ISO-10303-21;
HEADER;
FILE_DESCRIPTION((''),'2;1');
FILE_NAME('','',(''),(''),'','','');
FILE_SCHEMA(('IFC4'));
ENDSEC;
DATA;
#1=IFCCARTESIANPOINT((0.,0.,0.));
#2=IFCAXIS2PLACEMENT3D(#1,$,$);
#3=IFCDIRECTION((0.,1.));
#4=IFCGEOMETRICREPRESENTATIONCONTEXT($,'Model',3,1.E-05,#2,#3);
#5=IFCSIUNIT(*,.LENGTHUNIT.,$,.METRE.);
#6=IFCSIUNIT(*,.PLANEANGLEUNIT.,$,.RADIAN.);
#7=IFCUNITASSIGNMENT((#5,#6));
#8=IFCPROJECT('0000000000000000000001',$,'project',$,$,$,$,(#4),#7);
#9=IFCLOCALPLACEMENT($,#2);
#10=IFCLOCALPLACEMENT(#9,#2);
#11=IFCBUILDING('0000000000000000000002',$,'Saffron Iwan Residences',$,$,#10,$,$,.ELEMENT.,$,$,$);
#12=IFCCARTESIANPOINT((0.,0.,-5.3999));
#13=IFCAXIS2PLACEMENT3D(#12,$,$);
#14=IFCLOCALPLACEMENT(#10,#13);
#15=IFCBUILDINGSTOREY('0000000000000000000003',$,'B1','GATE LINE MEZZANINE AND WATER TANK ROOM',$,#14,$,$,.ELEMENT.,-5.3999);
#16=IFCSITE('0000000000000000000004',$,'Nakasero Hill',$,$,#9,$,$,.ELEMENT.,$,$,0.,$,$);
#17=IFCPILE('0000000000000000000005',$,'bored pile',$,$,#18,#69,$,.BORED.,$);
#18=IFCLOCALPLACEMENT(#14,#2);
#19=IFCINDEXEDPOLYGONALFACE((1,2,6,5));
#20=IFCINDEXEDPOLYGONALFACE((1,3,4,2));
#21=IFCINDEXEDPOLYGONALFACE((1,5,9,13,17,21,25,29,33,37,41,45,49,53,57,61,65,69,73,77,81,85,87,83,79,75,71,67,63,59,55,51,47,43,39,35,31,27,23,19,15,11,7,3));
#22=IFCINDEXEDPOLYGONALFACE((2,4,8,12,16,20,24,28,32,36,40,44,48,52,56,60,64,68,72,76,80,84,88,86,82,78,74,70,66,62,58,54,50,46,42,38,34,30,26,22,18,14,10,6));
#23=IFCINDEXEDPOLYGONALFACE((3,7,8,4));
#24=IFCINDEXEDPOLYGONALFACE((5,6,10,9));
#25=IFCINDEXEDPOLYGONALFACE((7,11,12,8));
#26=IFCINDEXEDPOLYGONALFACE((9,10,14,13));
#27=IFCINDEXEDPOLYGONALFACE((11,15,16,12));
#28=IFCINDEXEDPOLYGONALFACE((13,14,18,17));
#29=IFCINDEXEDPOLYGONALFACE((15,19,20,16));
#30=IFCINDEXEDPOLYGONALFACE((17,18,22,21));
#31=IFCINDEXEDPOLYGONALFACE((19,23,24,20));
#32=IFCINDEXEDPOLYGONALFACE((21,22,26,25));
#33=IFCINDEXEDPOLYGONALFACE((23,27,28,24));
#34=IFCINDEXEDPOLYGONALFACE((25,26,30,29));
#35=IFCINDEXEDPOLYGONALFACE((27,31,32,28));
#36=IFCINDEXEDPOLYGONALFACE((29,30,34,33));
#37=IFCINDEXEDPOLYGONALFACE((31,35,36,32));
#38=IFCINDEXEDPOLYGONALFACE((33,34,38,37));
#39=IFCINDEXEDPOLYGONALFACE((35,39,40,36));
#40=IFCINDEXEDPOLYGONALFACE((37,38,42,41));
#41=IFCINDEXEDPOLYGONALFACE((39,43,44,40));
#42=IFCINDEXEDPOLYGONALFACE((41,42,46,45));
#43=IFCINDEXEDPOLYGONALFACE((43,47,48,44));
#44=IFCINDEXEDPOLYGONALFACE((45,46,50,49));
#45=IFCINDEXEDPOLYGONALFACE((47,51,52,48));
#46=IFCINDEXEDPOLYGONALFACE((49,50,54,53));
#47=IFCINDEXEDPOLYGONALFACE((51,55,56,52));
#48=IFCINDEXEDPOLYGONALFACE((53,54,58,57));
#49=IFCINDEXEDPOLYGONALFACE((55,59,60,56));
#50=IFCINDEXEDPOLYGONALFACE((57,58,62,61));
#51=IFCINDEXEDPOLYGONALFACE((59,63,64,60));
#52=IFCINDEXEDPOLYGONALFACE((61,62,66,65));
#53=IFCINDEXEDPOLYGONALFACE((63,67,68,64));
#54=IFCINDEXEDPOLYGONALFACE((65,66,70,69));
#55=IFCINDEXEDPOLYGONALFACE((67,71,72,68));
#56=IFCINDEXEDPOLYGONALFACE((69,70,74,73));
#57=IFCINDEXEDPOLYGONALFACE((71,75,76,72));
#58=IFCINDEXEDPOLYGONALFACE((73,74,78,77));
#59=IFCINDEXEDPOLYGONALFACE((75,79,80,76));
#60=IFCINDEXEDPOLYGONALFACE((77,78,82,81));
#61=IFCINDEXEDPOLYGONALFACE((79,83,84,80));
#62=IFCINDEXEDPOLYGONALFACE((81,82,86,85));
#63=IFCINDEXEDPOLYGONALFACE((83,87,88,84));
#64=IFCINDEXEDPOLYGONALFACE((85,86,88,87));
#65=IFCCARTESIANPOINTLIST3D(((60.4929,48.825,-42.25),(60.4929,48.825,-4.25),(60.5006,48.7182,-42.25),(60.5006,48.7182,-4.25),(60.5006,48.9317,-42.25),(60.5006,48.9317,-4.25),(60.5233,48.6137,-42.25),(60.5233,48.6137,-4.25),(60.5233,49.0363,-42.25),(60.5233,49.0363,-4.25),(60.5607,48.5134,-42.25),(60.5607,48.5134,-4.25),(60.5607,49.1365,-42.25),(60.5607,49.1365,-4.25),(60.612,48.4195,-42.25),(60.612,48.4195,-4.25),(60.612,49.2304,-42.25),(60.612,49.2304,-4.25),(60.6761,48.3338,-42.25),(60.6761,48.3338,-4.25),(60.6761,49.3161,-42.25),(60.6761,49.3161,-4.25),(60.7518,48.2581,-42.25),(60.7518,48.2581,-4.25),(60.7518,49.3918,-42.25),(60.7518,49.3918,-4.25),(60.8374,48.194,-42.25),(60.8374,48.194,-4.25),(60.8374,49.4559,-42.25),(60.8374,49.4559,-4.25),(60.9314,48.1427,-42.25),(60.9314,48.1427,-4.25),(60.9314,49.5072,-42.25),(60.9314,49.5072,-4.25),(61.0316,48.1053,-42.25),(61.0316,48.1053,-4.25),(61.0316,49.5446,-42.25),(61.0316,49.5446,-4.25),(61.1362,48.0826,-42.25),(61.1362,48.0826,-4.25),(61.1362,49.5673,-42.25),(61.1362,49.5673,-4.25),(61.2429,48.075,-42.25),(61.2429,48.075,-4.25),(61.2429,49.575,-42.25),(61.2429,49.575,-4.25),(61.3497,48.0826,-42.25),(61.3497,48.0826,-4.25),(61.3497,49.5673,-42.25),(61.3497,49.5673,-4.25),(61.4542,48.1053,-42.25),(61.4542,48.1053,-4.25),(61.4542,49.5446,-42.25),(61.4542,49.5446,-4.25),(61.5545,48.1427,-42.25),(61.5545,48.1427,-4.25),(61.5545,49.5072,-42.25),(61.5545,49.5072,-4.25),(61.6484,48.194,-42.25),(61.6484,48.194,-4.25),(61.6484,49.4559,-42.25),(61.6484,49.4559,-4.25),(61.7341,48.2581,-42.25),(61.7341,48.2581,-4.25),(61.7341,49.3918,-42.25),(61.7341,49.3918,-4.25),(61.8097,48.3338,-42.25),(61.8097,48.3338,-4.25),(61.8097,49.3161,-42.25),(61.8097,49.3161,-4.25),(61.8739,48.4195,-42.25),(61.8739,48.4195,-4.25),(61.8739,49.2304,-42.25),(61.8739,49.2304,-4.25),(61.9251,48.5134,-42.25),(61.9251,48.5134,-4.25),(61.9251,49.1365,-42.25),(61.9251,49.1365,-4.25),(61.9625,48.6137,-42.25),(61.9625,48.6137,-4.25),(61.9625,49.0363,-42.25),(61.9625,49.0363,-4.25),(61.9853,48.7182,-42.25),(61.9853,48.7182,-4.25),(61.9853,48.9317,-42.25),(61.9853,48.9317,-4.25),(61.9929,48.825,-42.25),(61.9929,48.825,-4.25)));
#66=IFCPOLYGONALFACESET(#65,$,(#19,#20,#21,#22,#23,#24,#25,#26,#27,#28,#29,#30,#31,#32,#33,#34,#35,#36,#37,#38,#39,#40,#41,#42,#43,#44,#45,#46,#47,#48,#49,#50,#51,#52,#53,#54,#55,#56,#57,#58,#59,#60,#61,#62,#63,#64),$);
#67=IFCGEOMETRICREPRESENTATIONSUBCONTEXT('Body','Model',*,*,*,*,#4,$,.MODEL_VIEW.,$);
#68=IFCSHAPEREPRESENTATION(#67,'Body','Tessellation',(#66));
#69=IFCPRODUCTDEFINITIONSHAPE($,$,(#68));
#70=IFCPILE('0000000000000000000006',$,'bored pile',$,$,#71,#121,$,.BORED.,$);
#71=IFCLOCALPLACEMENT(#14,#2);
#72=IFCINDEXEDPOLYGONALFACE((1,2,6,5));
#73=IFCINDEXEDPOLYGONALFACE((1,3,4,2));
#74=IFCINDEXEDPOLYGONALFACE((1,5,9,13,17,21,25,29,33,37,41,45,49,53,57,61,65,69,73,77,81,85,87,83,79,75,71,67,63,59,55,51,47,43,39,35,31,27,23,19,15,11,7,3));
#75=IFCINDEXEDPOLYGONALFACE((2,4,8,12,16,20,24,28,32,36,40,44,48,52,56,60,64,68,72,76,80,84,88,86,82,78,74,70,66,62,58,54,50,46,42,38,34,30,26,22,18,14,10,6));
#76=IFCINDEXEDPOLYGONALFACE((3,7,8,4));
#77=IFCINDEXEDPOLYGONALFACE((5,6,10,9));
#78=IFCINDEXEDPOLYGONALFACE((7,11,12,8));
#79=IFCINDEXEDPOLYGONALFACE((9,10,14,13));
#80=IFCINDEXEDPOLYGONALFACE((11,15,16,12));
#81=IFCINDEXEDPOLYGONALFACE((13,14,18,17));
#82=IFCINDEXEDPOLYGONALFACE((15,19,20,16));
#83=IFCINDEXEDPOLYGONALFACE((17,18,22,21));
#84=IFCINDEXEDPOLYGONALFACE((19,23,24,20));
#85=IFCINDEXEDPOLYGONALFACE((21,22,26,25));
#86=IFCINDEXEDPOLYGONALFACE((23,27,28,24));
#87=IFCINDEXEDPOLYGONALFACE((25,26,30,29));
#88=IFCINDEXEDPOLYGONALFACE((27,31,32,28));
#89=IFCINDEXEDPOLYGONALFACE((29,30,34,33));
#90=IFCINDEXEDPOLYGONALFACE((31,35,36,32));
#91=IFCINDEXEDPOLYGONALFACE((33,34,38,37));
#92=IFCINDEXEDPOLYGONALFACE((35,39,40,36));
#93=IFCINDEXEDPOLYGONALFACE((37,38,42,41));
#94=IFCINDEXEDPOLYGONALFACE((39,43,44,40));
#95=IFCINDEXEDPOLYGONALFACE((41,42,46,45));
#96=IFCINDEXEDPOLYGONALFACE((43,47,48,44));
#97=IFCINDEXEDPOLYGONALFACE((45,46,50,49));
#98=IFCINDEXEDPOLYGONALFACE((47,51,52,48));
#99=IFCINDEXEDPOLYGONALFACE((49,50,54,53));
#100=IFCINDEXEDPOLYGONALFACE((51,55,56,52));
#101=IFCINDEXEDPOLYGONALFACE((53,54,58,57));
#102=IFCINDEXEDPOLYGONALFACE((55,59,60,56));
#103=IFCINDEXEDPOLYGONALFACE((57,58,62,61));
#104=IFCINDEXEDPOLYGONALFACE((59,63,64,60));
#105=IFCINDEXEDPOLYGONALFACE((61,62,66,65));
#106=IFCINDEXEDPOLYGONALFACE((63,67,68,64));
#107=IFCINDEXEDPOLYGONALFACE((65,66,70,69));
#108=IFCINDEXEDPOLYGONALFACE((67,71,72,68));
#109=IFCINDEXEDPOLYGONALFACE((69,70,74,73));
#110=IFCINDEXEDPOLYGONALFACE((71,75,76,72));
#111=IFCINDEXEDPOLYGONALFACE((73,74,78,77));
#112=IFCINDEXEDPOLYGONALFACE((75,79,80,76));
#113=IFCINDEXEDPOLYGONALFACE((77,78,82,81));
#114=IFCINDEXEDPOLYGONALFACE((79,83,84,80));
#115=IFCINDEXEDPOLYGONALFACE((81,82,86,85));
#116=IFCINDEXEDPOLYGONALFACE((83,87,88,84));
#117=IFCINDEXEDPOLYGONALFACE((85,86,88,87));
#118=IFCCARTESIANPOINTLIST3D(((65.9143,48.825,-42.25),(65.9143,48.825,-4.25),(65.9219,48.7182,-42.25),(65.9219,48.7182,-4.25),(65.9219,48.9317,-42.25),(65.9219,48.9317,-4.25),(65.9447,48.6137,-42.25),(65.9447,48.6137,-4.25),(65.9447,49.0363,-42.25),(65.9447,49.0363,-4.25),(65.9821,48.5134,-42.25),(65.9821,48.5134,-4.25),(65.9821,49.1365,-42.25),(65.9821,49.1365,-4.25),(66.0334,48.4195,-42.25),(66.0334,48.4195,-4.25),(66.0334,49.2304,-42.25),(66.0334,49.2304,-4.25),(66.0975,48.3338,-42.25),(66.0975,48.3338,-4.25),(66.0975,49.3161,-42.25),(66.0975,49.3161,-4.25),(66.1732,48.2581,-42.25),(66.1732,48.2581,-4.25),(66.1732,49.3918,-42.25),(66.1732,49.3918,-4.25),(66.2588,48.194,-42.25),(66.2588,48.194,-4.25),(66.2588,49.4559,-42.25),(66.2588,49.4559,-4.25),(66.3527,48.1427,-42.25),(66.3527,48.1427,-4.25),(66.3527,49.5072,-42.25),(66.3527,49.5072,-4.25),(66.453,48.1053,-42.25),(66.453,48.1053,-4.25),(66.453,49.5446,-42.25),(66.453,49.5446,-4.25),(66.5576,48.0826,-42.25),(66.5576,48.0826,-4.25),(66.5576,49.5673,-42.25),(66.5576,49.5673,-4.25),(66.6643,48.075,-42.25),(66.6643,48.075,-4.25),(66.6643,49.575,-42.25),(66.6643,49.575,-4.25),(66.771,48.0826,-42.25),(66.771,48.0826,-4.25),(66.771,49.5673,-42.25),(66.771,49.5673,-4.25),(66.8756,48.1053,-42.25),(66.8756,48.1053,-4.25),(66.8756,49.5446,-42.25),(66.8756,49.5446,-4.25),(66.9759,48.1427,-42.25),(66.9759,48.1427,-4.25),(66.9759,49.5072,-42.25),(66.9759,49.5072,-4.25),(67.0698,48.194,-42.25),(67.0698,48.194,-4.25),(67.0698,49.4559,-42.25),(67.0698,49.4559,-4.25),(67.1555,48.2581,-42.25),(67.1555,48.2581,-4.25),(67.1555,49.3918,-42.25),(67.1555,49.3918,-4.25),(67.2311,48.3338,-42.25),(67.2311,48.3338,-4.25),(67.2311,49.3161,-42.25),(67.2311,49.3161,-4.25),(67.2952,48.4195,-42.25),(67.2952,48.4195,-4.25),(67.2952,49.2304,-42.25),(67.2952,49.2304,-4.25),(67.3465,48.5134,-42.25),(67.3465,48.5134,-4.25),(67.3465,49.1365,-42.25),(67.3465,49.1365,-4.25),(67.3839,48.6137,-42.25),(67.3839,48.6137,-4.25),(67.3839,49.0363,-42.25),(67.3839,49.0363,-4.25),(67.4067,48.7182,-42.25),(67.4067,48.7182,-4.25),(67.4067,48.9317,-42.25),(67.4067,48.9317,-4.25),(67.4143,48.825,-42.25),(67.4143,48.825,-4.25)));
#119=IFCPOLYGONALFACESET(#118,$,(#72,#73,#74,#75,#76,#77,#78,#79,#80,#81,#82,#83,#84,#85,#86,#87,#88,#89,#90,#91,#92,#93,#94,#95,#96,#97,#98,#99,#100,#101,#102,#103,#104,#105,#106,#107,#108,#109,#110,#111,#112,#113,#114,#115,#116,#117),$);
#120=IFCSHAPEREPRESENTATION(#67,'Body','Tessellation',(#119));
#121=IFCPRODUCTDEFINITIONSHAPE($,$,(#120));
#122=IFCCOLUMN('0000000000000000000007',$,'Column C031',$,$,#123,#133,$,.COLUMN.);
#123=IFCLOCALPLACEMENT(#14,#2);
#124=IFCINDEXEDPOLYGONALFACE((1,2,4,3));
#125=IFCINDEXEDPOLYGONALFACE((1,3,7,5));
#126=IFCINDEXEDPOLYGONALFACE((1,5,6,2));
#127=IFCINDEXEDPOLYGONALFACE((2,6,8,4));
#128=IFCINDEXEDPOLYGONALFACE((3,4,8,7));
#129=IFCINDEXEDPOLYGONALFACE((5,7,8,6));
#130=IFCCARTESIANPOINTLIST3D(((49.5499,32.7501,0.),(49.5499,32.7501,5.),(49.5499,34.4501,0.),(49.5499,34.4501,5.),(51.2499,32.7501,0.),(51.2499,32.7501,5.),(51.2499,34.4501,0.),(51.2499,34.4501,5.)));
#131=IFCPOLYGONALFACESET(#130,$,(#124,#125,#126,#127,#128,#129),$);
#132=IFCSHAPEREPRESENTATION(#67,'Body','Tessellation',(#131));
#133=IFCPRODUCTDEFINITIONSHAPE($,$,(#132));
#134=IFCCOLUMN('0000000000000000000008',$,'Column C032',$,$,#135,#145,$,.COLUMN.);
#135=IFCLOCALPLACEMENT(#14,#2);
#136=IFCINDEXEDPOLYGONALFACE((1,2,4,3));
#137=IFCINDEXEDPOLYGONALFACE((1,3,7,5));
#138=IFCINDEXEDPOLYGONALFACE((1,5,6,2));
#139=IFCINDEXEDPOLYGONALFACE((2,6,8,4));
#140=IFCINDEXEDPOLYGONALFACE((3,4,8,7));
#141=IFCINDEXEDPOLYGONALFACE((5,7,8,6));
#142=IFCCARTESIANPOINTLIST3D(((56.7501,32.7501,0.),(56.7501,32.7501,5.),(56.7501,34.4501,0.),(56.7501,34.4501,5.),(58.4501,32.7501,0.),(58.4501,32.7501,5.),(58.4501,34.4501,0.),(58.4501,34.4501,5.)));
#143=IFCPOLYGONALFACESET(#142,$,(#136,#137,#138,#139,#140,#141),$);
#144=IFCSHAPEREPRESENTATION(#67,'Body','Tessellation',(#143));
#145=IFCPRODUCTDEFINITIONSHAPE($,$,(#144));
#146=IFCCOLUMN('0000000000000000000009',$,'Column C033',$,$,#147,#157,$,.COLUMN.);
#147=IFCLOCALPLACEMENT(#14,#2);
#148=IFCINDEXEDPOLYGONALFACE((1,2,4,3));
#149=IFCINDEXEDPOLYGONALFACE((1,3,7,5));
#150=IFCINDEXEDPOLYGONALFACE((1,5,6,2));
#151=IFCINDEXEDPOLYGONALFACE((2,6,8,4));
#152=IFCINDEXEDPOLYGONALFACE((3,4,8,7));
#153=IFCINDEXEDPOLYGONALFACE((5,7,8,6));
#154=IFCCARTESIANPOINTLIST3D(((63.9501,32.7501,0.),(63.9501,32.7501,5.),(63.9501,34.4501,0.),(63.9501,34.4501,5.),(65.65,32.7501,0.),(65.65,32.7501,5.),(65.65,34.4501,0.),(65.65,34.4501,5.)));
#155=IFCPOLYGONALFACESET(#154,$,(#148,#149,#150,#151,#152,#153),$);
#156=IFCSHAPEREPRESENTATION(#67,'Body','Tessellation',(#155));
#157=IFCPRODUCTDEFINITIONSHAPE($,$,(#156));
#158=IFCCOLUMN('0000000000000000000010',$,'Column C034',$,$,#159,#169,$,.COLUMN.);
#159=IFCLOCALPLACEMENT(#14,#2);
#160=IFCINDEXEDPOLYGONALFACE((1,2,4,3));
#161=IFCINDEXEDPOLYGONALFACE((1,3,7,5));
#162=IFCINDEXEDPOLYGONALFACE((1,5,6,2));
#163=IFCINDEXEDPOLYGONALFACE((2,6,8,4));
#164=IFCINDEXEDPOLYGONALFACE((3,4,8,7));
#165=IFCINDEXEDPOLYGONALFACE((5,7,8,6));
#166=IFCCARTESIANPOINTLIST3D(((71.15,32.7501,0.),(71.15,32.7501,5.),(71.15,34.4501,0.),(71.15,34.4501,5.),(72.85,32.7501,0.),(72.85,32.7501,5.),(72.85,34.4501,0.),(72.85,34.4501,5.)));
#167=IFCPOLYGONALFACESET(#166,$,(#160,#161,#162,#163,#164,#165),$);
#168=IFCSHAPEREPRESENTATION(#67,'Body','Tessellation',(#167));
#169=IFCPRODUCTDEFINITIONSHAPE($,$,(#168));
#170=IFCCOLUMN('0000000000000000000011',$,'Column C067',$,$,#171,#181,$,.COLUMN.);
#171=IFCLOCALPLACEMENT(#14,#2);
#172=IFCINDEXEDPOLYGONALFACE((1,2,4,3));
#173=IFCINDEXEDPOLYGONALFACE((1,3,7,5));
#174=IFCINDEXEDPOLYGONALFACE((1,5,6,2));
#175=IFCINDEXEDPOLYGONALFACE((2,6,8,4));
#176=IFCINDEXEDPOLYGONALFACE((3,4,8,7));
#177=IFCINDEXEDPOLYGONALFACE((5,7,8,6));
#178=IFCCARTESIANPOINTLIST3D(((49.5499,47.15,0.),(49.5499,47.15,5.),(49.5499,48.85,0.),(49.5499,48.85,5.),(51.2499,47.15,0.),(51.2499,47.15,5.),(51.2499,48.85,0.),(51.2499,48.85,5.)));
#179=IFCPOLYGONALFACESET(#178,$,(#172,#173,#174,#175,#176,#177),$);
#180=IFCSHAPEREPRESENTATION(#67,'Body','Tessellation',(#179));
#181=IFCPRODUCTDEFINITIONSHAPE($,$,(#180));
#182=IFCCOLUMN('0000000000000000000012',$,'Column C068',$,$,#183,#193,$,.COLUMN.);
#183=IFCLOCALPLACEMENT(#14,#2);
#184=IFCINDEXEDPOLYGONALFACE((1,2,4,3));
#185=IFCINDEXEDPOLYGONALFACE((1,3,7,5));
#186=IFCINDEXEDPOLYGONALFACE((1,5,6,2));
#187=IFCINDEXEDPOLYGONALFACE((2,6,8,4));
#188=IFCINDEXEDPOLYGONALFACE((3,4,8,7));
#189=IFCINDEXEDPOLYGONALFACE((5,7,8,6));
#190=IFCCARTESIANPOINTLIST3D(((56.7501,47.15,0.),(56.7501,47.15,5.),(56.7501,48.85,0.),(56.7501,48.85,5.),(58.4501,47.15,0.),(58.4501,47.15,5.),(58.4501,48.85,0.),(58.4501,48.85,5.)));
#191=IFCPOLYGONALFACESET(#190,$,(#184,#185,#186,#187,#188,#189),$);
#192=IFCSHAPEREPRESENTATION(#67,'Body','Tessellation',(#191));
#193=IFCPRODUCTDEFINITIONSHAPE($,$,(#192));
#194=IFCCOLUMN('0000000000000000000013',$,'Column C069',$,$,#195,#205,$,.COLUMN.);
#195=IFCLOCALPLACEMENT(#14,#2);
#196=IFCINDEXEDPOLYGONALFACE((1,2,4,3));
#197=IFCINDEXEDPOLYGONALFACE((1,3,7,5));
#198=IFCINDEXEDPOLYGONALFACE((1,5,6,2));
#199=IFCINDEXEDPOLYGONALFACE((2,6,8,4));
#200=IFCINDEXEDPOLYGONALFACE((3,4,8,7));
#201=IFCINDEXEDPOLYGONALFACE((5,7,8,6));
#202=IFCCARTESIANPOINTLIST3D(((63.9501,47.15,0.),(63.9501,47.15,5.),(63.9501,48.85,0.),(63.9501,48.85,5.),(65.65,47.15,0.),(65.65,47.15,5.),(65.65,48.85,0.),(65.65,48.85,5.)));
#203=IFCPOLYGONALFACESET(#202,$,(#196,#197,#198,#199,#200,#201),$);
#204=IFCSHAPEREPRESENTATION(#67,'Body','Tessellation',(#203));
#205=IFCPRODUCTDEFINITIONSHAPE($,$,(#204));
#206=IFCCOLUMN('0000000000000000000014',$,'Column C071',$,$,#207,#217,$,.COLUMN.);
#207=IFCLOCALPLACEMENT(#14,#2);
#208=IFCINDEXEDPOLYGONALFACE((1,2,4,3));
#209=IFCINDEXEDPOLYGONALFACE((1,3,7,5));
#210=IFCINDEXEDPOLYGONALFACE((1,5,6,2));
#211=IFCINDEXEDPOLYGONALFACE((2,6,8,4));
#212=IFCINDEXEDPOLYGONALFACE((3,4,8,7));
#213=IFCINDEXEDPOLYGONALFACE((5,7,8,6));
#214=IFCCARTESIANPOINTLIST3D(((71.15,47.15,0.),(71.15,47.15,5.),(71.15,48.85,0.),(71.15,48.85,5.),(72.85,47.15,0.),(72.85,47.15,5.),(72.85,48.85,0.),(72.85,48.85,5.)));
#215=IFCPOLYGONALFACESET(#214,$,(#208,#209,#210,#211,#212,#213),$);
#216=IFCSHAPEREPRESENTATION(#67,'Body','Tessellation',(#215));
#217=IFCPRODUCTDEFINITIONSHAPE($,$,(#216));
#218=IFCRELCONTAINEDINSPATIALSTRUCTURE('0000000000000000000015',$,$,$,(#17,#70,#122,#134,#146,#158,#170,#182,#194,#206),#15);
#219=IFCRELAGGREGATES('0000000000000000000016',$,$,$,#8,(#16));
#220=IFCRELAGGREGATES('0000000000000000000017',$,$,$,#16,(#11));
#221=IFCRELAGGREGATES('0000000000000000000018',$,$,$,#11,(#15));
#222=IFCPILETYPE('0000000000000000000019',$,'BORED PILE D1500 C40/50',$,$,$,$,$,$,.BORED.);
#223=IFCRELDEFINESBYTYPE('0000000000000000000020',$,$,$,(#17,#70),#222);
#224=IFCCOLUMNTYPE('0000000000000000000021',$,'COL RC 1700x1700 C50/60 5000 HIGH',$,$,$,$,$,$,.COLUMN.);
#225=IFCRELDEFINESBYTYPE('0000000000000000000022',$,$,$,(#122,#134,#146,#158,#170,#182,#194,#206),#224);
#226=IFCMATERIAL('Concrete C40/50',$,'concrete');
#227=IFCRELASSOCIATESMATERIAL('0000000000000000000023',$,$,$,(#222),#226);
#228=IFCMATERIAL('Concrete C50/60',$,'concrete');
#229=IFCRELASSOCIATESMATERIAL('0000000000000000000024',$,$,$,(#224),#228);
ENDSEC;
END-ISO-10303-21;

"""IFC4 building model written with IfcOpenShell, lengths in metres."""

from ifc_helpers import new_model, si_unit, direction, frame, origin, origin_2d, place, context, subcontext, project, spatial, rectangle, circle, extrude, source, transform, mapped, material, material_profile, profile_set, type_object, element, save


model = new_model("IFC4")

# Units and contexts
model_context = context("Model", 3, precision=1e-05, world=origin(), true_north=direction((0.0, 1.0)))
body_context = subcontext(model_context, "Body", "Model", "MODEL_VIEW")
ifc_project = project(units=[si_unit("LENGTHUNIT", "METRE"), si_unit("PLANEANGLEUNIT", "RADIAN")], contexts=[model_context])

# Site, building, storey
site_placement = place(None, origin())
site = spatial("IfcSite", under=ifc_project, at=site_placement, Name="Nakasero Hill", CompositionType="ELEMENT", RefElevation=0.0)
building_placement = place(site_placement, origin())
building = spatial("IfcBuilding", under=site, at=building_placement, Name="Saffron Iwan Residences", CompositionType="ELEMENT")
storey_placement = place(building_placement, frame((0.0, 0.0, -5.3999)))
storey = spatial("IfcBuildingStorey", under=building, at=storey_placement, Name="B1", Description="GATE LINE MEZZANINE AND WATER TANK ROOM", CompositionType="ELEMENT", Elevation=-5.3999)

# Piles
ifc_material_1 = material(Name="Concrete C40/50", Category="concrete")
ifc_material_profile_1 = material_profile(ifc_material_1, circle(Radius=0.75, at=origin_2d()), Name="RC D1500")
ifc_profile_set_1 = profile_set([ifc_material_profile_1], Name="Concrete C40/50")
pile_type = type_object("IfcPileType", Name="BORED PILE D1500 C40/50", PredefinedType="BORED", material=ifc_profile_set_1)
for number, where, z_axis, x_axis, name in (
    (1, (61.2429, 48.825, -4.25), (0.0, 0.0, -1.0), (1.0, 0.0, 0.0), "bored pile"),
    (2, (66.6643, 48.825, -4.25), (0.0, 0.0, -1.0), (1.0, 0.0, 0.0), "bored pile"),
):
    element("IfcPile", number, at=place(storey_placement, frame(where, z_axis=z_axis, x_axis=x_axis)), inside=storey, type_object=pile_type, Name=name, PredefinedType="BORED", context=body_context, shape_type="SweptSolid", body=[
        extrude(circle(Radius=0.75, at=origin_2d()), origin(), (0.0, 0.0, 1.0), 38.0),
    ])

# Columns
ifc_material_2 = material(Name="Concrete C50/60", Category="concrete")
ifc_material_profile_2 = material_profile(ifc_material_2, rectangle(XDim=1.7, YDim=1.7, at=origin_2d()), Name="RC 1700x1700")
ifc_profile_set_2 = profile_set([ifc_material_profile_2], Name="Concrete C50/60")
column_type = type_object("IfcColumnType", Name="COL RC 1700x1700 C50/60 5000 HIGH", PredefinedType="COLUMN", material=ifc_profile_set_2)
shared_shape_1 = source(origin(), body_context, "Body", "SweptSolid", [
    extrude(rectangle(XDim=1.7, YDim=1.7, at=origin_2d()), origin(), (0.0, 0.0, 1.0), 5.0),
])
for number, where, z_axis, x_axis, name in (
    (3, (50.3999, 33.6001, 0.0), (0.0, 0.0, 1.0), (1.0, 0.0, 0.0), "Column C031"),
    (4, (57.6001, 33.6001, 0.0), (0.0, 0.0, 1.0), (1.0, 0.0, 0.0), "Column C032"),
    (5, (64.8, 33.6001, 0.0), (0.0, 0.0, 1.0), (1.0, 0.0, 0.0), "Column C033"),
    (6, (72.0, 33.6001, 0.0), (0.0, 0.0, 1.0), (1.0, 0.0, 0.0), "Column C034"),
    (7, (50.3999, 48.0, 0.0), (0.0, 0.0, 1.0), (1.0, 0.0, 0.0), "Column C067"),
    (8, (57.6001, 48.0, 0.0), (0.0, 0.0, 1.0), (1.0, 0.0, 0.0), "Column C068"),
    (9, (64.8, 48.0, 0.0), (0.0, 0.0, 1.0), (1.0, 0.0, 0.0), "Column C069"),
    (10, (72.0, 48.0, 0.0), (0.0, 0.0, 1.0), (1.0, 0.0, 0.0), "Column C071"),
):
    element("IfcColumn", number, at=place(storey_placement, frame(where, z_axis=z_axis, x_axis=x_axis)), inside=storey, type_object=column_type, Name=name, PredefinedType="COLUMN", context=body_context, shape_type="MappedRepresentation", body=[
        mapped(shared_shape_1, transform((0.0, 0.0, 0.0))),
    ])

save(model, "model.ifc")
